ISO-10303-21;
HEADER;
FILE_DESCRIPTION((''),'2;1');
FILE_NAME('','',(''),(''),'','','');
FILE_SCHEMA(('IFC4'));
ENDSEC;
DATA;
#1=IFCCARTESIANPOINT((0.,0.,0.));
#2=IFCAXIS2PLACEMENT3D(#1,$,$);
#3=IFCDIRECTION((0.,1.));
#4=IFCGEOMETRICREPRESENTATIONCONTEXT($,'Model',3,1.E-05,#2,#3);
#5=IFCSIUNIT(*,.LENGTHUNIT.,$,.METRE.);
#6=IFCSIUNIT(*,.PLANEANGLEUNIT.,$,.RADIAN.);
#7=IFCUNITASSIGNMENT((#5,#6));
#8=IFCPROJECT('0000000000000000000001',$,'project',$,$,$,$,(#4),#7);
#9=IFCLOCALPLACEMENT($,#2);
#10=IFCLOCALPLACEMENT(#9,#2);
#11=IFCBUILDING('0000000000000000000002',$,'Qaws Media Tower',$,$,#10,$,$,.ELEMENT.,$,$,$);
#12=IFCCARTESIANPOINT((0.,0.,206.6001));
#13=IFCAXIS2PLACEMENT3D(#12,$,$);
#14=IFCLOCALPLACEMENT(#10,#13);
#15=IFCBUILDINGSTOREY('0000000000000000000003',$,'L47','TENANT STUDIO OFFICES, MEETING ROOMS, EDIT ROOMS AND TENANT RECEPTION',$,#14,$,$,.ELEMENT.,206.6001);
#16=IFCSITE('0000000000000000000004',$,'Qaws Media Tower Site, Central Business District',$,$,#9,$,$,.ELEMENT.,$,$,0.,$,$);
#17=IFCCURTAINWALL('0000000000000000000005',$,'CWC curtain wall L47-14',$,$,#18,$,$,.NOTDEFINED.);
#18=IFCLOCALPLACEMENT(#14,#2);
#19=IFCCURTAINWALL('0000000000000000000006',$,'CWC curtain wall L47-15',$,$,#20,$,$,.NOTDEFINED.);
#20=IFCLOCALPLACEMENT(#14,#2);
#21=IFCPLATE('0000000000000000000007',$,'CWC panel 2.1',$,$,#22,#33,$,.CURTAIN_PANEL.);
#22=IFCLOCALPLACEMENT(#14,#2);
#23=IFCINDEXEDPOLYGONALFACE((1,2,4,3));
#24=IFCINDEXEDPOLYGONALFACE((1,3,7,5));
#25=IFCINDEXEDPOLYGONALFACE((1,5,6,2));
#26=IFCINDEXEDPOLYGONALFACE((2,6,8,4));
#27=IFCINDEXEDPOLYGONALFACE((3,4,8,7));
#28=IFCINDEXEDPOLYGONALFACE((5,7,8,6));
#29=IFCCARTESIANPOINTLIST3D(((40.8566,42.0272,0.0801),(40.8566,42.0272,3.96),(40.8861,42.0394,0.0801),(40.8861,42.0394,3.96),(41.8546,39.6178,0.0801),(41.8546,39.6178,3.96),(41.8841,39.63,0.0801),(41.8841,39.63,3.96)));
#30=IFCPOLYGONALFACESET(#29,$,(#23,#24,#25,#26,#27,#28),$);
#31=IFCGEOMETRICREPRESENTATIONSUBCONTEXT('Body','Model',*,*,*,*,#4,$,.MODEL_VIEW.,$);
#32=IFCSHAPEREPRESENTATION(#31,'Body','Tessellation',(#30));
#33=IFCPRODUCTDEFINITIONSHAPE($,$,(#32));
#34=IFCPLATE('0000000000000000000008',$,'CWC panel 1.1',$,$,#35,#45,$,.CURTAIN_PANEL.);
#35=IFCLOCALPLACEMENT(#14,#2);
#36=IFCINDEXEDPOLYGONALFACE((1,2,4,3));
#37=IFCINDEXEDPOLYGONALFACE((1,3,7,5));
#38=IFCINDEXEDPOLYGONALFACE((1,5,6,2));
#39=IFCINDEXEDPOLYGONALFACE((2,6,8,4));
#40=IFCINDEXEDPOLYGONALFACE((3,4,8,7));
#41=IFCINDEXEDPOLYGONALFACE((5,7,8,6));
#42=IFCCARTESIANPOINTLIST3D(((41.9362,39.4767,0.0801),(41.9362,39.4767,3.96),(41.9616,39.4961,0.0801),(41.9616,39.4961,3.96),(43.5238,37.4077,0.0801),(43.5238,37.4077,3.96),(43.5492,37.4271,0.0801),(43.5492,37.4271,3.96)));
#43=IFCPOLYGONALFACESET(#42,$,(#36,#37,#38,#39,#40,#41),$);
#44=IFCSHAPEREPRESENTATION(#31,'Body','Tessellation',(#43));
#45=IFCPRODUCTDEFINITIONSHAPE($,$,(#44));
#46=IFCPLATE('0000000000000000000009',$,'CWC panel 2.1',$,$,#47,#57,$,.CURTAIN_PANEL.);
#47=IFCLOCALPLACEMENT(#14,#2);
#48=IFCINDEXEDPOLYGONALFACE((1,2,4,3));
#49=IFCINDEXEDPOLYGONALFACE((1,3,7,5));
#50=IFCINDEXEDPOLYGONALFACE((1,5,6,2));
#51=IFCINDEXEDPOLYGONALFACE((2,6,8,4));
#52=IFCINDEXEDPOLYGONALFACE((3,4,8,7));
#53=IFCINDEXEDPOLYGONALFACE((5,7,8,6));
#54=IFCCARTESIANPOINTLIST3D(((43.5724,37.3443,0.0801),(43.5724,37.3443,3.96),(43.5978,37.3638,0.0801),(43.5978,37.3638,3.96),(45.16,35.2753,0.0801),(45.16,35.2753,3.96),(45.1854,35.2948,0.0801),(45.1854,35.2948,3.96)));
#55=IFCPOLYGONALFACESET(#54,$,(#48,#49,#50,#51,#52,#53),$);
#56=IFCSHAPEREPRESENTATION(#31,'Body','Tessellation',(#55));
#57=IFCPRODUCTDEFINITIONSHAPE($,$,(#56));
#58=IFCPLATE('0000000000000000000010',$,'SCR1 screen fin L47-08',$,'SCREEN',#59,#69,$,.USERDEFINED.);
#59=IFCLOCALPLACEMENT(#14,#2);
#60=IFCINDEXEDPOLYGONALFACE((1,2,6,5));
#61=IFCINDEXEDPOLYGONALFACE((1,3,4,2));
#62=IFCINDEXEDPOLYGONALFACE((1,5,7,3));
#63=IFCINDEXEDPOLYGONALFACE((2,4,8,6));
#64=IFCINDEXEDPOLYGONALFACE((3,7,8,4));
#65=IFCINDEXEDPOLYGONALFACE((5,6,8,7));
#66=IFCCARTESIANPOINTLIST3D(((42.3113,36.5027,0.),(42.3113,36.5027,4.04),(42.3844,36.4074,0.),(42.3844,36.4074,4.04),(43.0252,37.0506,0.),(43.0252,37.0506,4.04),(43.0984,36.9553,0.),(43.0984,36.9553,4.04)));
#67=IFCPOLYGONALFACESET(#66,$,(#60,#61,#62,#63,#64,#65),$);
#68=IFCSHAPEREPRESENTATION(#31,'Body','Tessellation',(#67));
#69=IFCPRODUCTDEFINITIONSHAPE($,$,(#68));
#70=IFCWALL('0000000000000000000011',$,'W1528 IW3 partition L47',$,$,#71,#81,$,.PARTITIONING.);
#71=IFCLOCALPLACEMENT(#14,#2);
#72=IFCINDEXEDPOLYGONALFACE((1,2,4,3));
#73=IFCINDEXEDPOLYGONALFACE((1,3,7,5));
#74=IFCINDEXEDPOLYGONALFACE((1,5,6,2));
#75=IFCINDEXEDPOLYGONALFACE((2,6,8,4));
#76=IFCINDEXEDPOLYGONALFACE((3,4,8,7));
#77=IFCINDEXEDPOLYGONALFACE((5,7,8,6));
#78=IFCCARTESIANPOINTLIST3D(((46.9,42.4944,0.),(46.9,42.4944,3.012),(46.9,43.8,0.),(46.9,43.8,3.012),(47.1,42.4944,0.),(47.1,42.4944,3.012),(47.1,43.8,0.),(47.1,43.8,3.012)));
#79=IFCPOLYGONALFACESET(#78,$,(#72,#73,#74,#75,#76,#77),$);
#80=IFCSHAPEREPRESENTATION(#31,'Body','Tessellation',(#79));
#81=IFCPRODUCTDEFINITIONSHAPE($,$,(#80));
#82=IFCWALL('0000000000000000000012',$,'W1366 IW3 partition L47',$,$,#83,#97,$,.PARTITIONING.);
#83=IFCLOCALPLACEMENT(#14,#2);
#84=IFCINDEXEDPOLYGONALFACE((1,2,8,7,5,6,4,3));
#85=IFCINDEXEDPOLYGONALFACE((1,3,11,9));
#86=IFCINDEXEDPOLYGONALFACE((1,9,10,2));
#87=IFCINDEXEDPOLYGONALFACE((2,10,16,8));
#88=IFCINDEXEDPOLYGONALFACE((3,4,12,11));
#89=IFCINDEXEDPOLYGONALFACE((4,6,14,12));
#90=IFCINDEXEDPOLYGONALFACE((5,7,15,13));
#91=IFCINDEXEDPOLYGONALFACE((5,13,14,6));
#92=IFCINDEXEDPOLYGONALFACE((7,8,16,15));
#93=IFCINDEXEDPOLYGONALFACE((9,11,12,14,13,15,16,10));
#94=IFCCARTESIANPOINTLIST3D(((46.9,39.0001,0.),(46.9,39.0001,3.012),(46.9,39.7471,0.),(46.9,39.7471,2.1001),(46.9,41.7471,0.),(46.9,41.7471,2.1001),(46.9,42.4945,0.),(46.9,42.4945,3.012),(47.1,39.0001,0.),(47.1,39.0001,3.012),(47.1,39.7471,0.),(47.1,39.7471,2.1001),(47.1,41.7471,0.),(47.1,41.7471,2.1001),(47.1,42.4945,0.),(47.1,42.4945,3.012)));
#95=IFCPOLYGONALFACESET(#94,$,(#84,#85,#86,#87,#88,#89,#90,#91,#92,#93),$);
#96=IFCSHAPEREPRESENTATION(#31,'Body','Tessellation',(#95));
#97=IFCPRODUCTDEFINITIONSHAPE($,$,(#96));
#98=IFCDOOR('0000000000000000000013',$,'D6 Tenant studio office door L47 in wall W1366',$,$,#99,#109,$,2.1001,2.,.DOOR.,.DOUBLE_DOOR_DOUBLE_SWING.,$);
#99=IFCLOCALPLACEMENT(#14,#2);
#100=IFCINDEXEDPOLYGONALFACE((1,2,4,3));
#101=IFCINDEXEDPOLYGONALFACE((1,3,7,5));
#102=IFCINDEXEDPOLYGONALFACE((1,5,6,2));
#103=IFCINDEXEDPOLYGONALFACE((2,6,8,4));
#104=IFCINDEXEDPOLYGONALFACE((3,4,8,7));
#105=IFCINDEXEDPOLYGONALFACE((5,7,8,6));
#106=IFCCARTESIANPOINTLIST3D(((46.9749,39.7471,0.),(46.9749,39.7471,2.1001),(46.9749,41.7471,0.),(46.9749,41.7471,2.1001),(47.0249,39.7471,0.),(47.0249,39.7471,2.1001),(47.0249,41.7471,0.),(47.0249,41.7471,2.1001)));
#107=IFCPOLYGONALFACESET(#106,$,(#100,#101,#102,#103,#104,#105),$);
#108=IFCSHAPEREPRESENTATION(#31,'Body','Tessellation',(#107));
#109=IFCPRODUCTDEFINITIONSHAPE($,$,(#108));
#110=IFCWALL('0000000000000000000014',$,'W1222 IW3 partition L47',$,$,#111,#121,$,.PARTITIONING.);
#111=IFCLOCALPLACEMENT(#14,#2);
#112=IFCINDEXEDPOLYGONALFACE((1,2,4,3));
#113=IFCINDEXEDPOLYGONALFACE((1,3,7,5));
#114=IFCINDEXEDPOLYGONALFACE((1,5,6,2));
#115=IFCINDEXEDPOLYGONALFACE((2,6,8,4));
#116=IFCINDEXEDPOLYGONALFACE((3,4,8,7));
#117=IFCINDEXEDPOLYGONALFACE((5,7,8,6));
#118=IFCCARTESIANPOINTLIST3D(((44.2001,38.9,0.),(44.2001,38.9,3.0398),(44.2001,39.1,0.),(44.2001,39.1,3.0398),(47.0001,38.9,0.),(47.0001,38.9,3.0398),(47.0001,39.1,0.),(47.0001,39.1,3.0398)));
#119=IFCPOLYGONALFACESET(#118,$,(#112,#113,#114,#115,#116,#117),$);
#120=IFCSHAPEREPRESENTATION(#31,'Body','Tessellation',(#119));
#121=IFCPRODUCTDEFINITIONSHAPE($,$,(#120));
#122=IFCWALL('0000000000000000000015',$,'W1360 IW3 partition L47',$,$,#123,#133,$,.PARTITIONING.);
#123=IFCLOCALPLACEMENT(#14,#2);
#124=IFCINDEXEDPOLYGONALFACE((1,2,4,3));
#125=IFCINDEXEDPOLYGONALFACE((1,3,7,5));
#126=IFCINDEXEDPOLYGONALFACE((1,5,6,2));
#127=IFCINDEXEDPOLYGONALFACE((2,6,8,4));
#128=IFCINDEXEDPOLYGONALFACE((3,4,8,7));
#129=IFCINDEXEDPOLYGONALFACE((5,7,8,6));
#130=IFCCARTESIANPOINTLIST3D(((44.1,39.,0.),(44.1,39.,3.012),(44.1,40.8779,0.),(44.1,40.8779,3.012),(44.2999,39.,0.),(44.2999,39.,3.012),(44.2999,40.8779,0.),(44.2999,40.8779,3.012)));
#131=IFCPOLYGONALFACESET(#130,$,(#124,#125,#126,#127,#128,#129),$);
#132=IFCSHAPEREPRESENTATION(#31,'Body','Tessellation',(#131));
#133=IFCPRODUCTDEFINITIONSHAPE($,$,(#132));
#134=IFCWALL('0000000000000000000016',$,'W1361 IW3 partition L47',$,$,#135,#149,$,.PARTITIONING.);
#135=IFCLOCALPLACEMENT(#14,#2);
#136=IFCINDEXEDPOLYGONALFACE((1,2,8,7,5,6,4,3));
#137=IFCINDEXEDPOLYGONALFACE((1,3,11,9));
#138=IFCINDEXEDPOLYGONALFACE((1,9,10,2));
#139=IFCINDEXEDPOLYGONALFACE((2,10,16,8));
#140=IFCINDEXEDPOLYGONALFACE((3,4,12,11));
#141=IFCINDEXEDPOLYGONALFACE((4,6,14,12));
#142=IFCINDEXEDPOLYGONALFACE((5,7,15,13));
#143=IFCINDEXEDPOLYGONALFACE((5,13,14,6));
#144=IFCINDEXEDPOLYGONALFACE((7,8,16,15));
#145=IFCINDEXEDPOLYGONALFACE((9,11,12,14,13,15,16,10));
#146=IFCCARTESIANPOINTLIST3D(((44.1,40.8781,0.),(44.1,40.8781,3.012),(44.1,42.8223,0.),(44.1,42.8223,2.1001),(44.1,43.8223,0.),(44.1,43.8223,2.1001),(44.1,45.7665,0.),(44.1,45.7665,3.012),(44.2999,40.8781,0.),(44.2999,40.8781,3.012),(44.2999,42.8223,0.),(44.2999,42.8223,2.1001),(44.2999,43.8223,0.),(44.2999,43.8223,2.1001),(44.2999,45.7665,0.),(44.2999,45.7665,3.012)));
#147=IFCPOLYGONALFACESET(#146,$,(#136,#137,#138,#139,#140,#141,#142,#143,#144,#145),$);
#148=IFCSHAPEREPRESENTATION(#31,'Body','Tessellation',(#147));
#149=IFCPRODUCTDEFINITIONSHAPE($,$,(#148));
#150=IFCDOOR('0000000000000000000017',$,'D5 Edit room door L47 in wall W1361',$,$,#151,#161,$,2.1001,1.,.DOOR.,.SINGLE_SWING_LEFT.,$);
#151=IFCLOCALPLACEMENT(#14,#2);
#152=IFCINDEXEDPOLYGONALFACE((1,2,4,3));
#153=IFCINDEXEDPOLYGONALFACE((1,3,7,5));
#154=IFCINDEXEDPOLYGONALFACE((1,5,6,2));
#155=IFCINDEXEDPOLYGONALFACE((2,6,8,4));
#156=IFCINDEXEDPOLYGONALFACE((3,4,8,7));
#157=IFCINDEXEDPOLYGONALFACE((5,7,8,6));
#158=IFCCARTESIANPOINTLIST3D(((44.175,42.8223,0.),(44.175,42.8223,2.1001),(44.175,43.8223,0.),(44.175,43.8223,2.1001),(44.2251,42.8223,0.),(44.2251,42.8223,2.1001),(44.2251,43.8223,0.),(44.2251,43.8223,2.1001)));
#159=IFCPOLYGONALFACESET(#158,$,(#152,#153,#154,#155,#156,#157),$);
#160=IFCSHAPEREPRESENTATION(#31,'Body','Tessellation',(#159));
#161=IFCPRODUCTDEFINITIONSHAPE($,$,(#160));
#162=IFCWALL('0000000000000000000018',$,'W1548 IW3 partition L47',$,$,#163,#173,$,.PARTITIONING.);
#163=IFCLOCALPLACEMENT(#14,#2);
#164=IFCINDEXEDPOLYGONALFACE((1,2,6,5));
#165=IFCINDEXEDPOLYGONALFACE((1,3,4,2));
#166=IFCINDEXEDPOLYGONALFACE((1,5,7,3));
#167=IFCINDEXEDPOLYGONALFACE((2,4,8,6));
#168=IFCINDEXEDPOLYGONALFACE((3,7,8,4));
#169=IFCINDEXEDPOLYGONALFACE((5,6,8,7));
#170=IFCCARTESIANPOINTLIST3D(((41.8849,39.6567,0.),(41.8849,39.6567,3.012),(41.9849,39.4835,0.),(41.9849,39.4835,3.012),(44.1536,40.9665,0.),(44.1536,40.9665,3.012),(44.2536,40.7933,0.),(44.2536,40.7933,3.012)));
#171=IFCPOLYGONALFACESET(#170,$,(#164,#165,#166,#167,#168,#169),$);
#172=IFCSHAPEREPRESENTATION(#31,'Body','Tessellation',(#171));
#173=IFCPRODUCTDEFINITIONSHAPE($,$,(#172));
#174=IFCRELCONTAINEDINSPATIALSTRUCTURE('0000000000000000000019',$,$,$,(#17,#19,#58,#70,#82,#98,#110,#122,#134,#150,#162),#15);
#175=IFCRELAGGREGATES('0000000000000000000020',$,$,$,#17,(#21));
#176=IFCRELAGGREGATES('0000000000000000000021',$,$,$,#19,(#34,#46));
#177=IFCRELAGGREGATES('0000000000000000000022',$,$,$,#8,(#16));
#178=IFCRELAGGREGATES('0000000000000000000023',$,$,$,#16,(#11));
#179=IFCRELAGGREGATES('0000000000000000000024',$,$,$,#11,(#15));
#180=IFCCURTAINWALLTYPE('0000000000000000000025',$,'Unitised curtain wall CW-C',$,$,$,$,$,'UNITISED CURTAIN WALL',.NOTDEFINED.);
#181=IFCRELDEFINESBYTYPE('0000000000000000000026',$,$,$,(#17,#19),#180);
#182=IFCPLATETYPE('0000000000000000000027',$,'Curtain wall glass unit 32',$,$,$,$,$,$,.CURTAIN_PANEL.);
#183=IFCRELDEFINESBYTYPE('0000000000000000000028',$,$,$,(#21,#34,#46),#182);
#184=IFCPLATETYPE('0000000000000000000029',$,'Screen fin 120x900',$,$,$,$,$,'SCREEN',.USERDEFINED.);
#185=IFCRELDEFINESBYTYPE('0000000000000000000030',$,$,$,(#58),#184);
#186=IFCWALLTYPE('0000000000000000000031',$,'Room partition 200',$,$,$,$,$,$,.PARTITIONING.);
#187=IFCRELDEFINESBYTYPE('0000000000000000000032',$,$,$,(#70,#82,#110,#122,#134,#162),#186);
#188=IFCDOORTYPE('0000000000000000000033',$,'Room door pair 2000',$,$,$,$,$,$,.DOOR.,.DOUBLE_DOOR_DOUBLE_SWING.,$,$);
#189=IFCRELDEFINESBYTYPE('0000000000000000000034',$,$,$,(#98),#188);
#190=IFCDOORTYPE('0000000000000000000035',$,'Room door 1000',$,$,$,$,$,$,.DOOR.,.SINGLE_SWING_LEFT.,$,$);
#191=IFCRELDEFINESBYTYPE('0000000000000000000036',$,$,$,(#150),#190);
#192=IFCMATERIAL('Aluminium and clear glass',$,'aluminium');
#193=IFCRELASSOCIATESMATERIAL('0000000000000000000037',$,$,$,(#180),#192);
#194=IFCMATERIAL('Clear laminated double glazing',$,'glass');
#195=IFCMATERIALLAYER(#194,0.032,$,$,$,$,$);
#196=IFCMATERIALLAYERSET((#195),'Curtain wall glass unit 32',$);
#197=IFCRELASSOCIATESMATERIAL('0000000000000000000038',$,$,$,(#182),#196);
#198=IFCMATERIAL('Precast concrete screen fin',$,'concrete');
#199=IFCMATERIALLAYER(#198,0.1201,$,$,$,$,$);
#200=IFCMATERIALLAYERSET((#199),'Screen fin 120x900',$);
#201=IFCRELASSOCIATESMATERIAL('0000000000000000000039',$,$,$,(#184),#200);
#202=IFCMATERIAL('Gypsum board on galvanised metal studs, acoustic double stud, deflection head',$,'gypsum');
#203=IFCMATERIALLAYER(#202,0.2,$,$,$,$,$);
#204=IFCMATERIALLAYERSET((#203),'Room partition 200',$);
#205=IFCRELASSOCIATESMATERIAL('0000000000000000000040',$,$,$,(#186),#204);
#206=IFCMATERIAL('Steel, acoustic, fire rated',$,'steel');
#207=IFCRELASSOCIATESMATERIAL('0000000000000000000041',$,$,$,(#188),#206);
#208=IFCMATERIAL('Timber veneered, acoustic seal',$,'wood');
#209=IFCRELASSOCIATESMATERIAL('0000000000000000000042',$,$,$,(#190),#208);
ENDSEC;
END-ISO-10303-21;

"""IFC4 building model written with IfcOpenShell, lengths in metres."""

from ifc_helpers import new_model, si_unit, direction, frame, frame_2d, origin, origin_2d, place, context, subcontext, project, spatial, rectangle, extrude, material, layer, layer_set, type_object, element, fill, aggregate, save


model = new_model("IFC4")

# Units and contexts
model_context = context("Model", 3, precision=1e-05, world=origin(), true_north=direction((0.0, 1.0)))
body_context = subcontext(model_context, "Body", "Model", "MODEL_VIEW")
ifc_project = project(units=[si_unit("LENGTHUNIT", "METRE"), si_unit("PLANEANGLEUNIT", "RADIAN")], contexts=[model_context])

# Site, building, storey
site_placement = place(None, origin())
site = spatial("IfcSite", under=ifc_project, at=site_placement, Name="Qaws Media Tower Site, Central Business District", CompositionType="ELEMENT", RefElevation=0.0)
building_placement = place(site_placement, origin())
building = spatial("IfcBuilding", under=site, at=building_placement, Name="Qaws Media Tower", CompositionType="ELEMENT")
storey_placement = place(building_placement, frame((0.0, 0.0, 206.6001)))
storey = spatial("IfcBuildingStorey", under=building, at=storey_placement, Name="L47", Description="TENANT STUDIO OFFICES, MEETING ROOMS, EDIT ROOMS AND TENANT RECEPTION", CompositionType="ELEMENT", Elevation=206.6001)

# Curtain wall
ifc_material_1 = material(Name="Aluminium and clear glass", Category="aluminium")
curtain_wall_type = type_object("IfcCurtainWallType", Name="Unitised curtain wall CW-C", ElementType="UNITISED CURTAIN WALL", PredefinedType="NOTDEFINED", material=ifc_material_1)
curtain_wall_1_placement = place(storey_placement, origin())
curtain_wall_1 = element("IfcCurtainWall", 1, at=curtain_wall_1_placement, inside=storey, type_object=curtain_wall_type, Name="CWC curtain wall L47-14", PredefinedType="NOTDEFINED")

# Curtain wall
curtain_wall_2_placement = place(storey_placement, origin())
curtain_wall_2 = element("IfcCurtainWall", 2, at=curtain_wall_2_placement, inside=storey, type_object=curtain_wall_type, Name="CWC curtain wall L47-15", PredefinedType="NOTDEFINED")

# Plates
ifc_material_2 = material(Name="Clear laminated double glazing", Category="glass")
ifc_layer_1 = layer(ifc_material_2, 0.032)
ifc_layer_set_1 = layer_set([ifc_layer_1], Name="Curtain wall glass unit 32")
plate_type_1 = type_object("IfcPlateType", Name="Curtain wall glass unit 32", PredefinedType="CURTAIN_PANEL", material=ifc_layer_set_1)
plate_1_placement = place(storey_placement, frame((41.3704, 40.8286, 0.0801), z_axis=(0.0, 0.0, 1.0), x_axis=(0.382683, -0.92388, 0.0)))
plate_1 = element("IfcPlate", 3, at=plate_1_placement, type_object=plate_type_1, Name="CWC panel 2.1", PredefinedType="CURTAIN_PANEL", context=body_context, shape_type="SweptSolid", body=[
    extrude(rectangle(XDim=2.6079, YDim=0.032, at=origin_2d()), origin(), (0.0, 0.0, 1.0), 3.8799),
])
aggregate(curtain_wall_1, [plate_1])
plate_2_placement = place(storey_placement, frame((42.7427, 38.4519, 0.0801), z_axis=(0.0, 0.0, 1.0), x_axis=(0.608761, -0.793353, 0.0)))
plate_2 = element("IfcPlate", 4, at=plate_2_placement, type_object=plate_type_1, Name="CWC panel 1.1", PredefinedType="CURTAIN_PANEL", context=body_context, shape_type="SweptSolid", body=[
    extrude(rectangle(XDim=2.6079, YDim=0.032, at=origin_2d()), origin(), (0.0, 0.0, 1.0), 3.8799),
])
plate_3_placement = place(storey_placement, frame((44.3789, 36.3196, 0.0801), z_axis=(0.0, 0.0, 1.0), x_axis=(0.608761, -0.793353, 0.0)))
plate_3 = element("IfcPlate", 5, at=plate_3_placement, type_object=plate_type_1, Name="CWC panel 2.1", PredefinedType="CURTAIN_PANEL", context=body_context, shape_type="SweptSolid", body=[
    extrude(rectangle(XDim=2.6079, YDim=0.032, at=origin_2d()), origin(), (0.0, 0.0, 1.0), 3.8799),
])
aggregate(curtain_wall_2, [plate_2, plate_3])
ifc_material_3 = material(Name="Precast concrete screen fin", Category="concrete")
ifc_layer_2 = layer(ifc_material_3, 0.1201)
ifc_layer_set_2 = layer_set([ifc_layer_2], Name="Screen fin 120x900")
plate_type_2 = type_object("IfcPlateType", Name="Screen fin 120x900", ElementType="SCREEN", PredefinedType="USERDEFINED", material=ifc_layer_set_2)
plate_4_placement = place(storey_placement, frame((42.7048, 36.729, 0.0), z_axis=(0.0, 0.0, 1.0), x_axis=(-0.793353, -0.608761, 0.0)))
element("IfcPlate", 6, at=plate_4_placement, inside=storey, type_object=plate_type_2, Name="SCR1 screen fin L47-08", ObjectType="SCREEN", PredefinedType="USERDEFINED", context=body_context, shape_type="SweptSolid", body=[
    extrude(rectangle(XDim=0.8999, YDim=0.1201, at=origin_2d()), origin(), (0.0, 0.0, 1.0), 4.04),
])

# Wall
ifc_material_4 = material(Name="Gypsum board on galvanised metal studs, acoustic double stud, deflection head", Category="gypsum")
ifc_layer_3 = layer(ifc_material_4, 0.2)
ifc_layer_set_3 = layer_set([ifc_layer_3], Name="Room partition 200")
wall_type = type_object("IfcWallType", Name="Room partition 200", PredefinedType="PARTITIONING", material=ifc_layer_set_3)
wall_1_placement = place(storey_placement, frame((47.0, 43.8, 0.0), z_axis=(0.0, 0.0, 1.0), x_axis=(0.0, -1.0, 0.0)))
element("IfcWall", 7, at=wall_1_placement, inside=storey, type_object=wall_type, Name="W1528 IW3 partition L47", PredefinedType="PARTITIONING", context=body_context, shape_type="SweptSolid", body=[
    extrude(rectangle(XDim=1.3057, YDim=0.2, at=frame_2d((0.6528, 0.0))), origin(), (0.0, 0.0, 1.0), 3.012),
])

# Wall, opening, door
wall_2_placement = place(storey_placement, frame((47.0, 42.4944, 0.0), z_axis=(0.0, 0.0, 1.0), x_axis=(0.0, -1.0, 0.0)))
wall_2 = element("IfcWall", 8, at=wall_2_placement, inside=storey, type_object=wall_type, Name="W1366 IW3 partition L47", PredefinedType="PARTITIONING", context=body_context, shape_type="SweptSolid", body=[
    extrude(rectangle(XDim=3.4944, YDim=0.2, at=frame_2d((1.7471, 0.0))), origin(), (0.0, 0.0, 1.0), 3.012),
])
opening_1_placement = place(wall_2_placement, frame((0.7473, 0.0, 0.0)))
opening_1 = element("IfcOpeningElement", 9, at=opening_1_placement, cuts=wall_2, PredefinedType="OPENING", context=body_context, shape_type="SweptSolid", body=[
    extrude(rectangle(XDim=2.0, YDim=2.1001, at=frame_2d((1.0, 1.05))), frame((0.0, 0.1099, 0.0), z_axis=(0.0, -1.0, 0.0), x_axis=(1.0, 0.0, 0.0)), (0.0, 0.0, 1.0), 0.22),
])
ifc_material_5 = material(Name="Steel, acoustic, fire rated", Category="steel")
door_type_1 = type_object("IfcDoorType", Name="Room door pair 2000", OperationType="DOUBLE_DOOR_DOUBLE_SWING", PredefinedType="DOOR", material=ifc_material_5)
door_1_placement = place(opening_1_placement, origin())
door_1 = element("IfcDoor", 10, at=door_1_placement, inside=storey, type_object=door_type_1, Name="D6 Tenant studio office door L47 in wall W1366", OperationType="DOUBLE_DOOR_DOUBLE_SWING", OverallHeight=2.1001, OverallWidth=2.0, PredefinedType="DOOR", context=body_context, shape_type="SweptSolid", body=[
    extrude(rectangle(XDim=2.0, YDim=2.1001, at=frame_2d((1.0, 1.05))), frame((0.0, 0.0249, 0.0), z_axis=(0.0, -1.0, 0.0), x_axis=(1.0, 0.0, 0.0)), (0.0, 0.0, 1.0), 0.05),
])
fill(opening_1, door_1)

# Walls
wall_3_placement = place(storey_placement, frame((47.0, 39.0, 0.0), z_axis=(0.0, 0.0, 1.0), x_axis=(-1.0, 0.0, 0.0)))
element("IfcWall", 11, at=wall_3_placement, inside=storey, type_object=wall_type, Name="W1222 IW3 partition L47", PredefinedType="PARTITIONING", context=body_context, shape_type="SweptSolid", body=[
    extrude(rectangle(XDim=2.8, YDim=0.2, at=frame_2d((1.3999, 0.0))), origin(), (0.0, 0.0, 1.0), 3.0398),
])
wall_4_placement = place(storey_placement, frame((44.2, 39.0, 0.0), z_axis=(0.0, 0.0, 1.0), x_axis=(0.0, 1.0, 0.0)))
element("IfcWall", 12, at=wall_4_placement, inside=storey, type_object=wall_type, Name="W1360 IW3 partition L47", PredefinedType="PARTITIONING", context=body_context, shape_type="SweptSolid", body=[
    extrude(rectangle(XDim=1.8779, YDim=0.2, at=frame_2d((0.939, 0.0))), origin(), (0.0, 0.0, 1.0), 3.012),
])

# Wall, opening, door
wall_5_placement = place(storey_placement, frame((44.2, 40.8779, 0.0), z_axis=(0.0, 0.0, 1.0), x_axis=(0.0, 1.0, 0.0)))
wall_5 = element("IfcWall", 13, at=wall_5_placement, inside=storey, type_object=wall_type, Name="W1361 IW3 partition L47", PredefinedType="PARTITIONING", context=body_context, shape_type="SweptSolid", body=[
    extrude(rectangle(XDim=4.8884, YDim=0.2, at=frame_2d((2.4443, 0.0))), origin(), (0.0, 0.0, 1.0), 3.012),
])
opening_2_placement = place(wall_5_placement, frame((1.9443, 0.0, 0.0)))
opening_2 = element("IfcOpeningElement", 14, at=opening_2_placement, cuts=wall_5, PredefinedType="OPENING", context=body_context, shape_type="SweptSolid", body=[
    extrude(rectangle(XDim=1.0, YDim=2.1001, at=frame_2d((0.5, 1.05))), frame((0.0, 0.1099, 0.0), z_axis=(0.0, -1.0, 0.0), x_axis=(1.0, 0.0, 0.0)), (0.0, 0.0, 1.0), 0.22),
])
ifc_material_6 = material(Name="Timber veneered, acoustic seal", Category="wood")
door_type_2 = type_object("IfcDoorType", Name="Room door 1000", OperationType="SINGLE_SWING_LEFT", PredefinedType="DOOR", material=ifc_material_6)
door_2_placement = place(opening_2_placement, origin())
door_2 = element("IfcDoor", 15, at=door_2_placement, inside=storey, type_object=door_type_2, Name="D5 Edit room door L47 in wall W1361", OperationType="SINGLE_SWING_LEFT", OverallHeight=2.1001, OverallWidth=1.0, PredefinedType="DOOR", context=body_context, shape_type="SweptSolid", body=[
    extrude(rectangle(XDim=1.0, YDim=2.1001, at=frame_2d((0.5, 1.05))), frame((0.0, 0.0249, 0.0), z_axis=(0.0, -1.0, 0.0), x_axis=(1.0, 0.0, 0.0)), (0.0, 0.0, 1.0), 0.05),
])
fill(opening_2, door_2)

# Wall
wall_6_placement = place(storey_placement, frame((44.2036, 40.8799, 0.0), z_axis=(0.0, 0.0, 1.0), x_axis=(-0.866038, -0.499978, 0.0)))
element("IfcWall", 16, at=wall_6_placement, inside=storey, type_object=wall_type, Name="W1548 IW3 partition L47", PredefinedType="PARTITIONING", context=body_context, shape_type="SweptSolid", body=[
    extrude(rectangle(XDim=2.6196, YDim=0.2, at=frame_2d((1.3098, 0.0))), origin(), (0.0, 0.0, 1.0), 3.012),
])

save(model, "model.ifc")
